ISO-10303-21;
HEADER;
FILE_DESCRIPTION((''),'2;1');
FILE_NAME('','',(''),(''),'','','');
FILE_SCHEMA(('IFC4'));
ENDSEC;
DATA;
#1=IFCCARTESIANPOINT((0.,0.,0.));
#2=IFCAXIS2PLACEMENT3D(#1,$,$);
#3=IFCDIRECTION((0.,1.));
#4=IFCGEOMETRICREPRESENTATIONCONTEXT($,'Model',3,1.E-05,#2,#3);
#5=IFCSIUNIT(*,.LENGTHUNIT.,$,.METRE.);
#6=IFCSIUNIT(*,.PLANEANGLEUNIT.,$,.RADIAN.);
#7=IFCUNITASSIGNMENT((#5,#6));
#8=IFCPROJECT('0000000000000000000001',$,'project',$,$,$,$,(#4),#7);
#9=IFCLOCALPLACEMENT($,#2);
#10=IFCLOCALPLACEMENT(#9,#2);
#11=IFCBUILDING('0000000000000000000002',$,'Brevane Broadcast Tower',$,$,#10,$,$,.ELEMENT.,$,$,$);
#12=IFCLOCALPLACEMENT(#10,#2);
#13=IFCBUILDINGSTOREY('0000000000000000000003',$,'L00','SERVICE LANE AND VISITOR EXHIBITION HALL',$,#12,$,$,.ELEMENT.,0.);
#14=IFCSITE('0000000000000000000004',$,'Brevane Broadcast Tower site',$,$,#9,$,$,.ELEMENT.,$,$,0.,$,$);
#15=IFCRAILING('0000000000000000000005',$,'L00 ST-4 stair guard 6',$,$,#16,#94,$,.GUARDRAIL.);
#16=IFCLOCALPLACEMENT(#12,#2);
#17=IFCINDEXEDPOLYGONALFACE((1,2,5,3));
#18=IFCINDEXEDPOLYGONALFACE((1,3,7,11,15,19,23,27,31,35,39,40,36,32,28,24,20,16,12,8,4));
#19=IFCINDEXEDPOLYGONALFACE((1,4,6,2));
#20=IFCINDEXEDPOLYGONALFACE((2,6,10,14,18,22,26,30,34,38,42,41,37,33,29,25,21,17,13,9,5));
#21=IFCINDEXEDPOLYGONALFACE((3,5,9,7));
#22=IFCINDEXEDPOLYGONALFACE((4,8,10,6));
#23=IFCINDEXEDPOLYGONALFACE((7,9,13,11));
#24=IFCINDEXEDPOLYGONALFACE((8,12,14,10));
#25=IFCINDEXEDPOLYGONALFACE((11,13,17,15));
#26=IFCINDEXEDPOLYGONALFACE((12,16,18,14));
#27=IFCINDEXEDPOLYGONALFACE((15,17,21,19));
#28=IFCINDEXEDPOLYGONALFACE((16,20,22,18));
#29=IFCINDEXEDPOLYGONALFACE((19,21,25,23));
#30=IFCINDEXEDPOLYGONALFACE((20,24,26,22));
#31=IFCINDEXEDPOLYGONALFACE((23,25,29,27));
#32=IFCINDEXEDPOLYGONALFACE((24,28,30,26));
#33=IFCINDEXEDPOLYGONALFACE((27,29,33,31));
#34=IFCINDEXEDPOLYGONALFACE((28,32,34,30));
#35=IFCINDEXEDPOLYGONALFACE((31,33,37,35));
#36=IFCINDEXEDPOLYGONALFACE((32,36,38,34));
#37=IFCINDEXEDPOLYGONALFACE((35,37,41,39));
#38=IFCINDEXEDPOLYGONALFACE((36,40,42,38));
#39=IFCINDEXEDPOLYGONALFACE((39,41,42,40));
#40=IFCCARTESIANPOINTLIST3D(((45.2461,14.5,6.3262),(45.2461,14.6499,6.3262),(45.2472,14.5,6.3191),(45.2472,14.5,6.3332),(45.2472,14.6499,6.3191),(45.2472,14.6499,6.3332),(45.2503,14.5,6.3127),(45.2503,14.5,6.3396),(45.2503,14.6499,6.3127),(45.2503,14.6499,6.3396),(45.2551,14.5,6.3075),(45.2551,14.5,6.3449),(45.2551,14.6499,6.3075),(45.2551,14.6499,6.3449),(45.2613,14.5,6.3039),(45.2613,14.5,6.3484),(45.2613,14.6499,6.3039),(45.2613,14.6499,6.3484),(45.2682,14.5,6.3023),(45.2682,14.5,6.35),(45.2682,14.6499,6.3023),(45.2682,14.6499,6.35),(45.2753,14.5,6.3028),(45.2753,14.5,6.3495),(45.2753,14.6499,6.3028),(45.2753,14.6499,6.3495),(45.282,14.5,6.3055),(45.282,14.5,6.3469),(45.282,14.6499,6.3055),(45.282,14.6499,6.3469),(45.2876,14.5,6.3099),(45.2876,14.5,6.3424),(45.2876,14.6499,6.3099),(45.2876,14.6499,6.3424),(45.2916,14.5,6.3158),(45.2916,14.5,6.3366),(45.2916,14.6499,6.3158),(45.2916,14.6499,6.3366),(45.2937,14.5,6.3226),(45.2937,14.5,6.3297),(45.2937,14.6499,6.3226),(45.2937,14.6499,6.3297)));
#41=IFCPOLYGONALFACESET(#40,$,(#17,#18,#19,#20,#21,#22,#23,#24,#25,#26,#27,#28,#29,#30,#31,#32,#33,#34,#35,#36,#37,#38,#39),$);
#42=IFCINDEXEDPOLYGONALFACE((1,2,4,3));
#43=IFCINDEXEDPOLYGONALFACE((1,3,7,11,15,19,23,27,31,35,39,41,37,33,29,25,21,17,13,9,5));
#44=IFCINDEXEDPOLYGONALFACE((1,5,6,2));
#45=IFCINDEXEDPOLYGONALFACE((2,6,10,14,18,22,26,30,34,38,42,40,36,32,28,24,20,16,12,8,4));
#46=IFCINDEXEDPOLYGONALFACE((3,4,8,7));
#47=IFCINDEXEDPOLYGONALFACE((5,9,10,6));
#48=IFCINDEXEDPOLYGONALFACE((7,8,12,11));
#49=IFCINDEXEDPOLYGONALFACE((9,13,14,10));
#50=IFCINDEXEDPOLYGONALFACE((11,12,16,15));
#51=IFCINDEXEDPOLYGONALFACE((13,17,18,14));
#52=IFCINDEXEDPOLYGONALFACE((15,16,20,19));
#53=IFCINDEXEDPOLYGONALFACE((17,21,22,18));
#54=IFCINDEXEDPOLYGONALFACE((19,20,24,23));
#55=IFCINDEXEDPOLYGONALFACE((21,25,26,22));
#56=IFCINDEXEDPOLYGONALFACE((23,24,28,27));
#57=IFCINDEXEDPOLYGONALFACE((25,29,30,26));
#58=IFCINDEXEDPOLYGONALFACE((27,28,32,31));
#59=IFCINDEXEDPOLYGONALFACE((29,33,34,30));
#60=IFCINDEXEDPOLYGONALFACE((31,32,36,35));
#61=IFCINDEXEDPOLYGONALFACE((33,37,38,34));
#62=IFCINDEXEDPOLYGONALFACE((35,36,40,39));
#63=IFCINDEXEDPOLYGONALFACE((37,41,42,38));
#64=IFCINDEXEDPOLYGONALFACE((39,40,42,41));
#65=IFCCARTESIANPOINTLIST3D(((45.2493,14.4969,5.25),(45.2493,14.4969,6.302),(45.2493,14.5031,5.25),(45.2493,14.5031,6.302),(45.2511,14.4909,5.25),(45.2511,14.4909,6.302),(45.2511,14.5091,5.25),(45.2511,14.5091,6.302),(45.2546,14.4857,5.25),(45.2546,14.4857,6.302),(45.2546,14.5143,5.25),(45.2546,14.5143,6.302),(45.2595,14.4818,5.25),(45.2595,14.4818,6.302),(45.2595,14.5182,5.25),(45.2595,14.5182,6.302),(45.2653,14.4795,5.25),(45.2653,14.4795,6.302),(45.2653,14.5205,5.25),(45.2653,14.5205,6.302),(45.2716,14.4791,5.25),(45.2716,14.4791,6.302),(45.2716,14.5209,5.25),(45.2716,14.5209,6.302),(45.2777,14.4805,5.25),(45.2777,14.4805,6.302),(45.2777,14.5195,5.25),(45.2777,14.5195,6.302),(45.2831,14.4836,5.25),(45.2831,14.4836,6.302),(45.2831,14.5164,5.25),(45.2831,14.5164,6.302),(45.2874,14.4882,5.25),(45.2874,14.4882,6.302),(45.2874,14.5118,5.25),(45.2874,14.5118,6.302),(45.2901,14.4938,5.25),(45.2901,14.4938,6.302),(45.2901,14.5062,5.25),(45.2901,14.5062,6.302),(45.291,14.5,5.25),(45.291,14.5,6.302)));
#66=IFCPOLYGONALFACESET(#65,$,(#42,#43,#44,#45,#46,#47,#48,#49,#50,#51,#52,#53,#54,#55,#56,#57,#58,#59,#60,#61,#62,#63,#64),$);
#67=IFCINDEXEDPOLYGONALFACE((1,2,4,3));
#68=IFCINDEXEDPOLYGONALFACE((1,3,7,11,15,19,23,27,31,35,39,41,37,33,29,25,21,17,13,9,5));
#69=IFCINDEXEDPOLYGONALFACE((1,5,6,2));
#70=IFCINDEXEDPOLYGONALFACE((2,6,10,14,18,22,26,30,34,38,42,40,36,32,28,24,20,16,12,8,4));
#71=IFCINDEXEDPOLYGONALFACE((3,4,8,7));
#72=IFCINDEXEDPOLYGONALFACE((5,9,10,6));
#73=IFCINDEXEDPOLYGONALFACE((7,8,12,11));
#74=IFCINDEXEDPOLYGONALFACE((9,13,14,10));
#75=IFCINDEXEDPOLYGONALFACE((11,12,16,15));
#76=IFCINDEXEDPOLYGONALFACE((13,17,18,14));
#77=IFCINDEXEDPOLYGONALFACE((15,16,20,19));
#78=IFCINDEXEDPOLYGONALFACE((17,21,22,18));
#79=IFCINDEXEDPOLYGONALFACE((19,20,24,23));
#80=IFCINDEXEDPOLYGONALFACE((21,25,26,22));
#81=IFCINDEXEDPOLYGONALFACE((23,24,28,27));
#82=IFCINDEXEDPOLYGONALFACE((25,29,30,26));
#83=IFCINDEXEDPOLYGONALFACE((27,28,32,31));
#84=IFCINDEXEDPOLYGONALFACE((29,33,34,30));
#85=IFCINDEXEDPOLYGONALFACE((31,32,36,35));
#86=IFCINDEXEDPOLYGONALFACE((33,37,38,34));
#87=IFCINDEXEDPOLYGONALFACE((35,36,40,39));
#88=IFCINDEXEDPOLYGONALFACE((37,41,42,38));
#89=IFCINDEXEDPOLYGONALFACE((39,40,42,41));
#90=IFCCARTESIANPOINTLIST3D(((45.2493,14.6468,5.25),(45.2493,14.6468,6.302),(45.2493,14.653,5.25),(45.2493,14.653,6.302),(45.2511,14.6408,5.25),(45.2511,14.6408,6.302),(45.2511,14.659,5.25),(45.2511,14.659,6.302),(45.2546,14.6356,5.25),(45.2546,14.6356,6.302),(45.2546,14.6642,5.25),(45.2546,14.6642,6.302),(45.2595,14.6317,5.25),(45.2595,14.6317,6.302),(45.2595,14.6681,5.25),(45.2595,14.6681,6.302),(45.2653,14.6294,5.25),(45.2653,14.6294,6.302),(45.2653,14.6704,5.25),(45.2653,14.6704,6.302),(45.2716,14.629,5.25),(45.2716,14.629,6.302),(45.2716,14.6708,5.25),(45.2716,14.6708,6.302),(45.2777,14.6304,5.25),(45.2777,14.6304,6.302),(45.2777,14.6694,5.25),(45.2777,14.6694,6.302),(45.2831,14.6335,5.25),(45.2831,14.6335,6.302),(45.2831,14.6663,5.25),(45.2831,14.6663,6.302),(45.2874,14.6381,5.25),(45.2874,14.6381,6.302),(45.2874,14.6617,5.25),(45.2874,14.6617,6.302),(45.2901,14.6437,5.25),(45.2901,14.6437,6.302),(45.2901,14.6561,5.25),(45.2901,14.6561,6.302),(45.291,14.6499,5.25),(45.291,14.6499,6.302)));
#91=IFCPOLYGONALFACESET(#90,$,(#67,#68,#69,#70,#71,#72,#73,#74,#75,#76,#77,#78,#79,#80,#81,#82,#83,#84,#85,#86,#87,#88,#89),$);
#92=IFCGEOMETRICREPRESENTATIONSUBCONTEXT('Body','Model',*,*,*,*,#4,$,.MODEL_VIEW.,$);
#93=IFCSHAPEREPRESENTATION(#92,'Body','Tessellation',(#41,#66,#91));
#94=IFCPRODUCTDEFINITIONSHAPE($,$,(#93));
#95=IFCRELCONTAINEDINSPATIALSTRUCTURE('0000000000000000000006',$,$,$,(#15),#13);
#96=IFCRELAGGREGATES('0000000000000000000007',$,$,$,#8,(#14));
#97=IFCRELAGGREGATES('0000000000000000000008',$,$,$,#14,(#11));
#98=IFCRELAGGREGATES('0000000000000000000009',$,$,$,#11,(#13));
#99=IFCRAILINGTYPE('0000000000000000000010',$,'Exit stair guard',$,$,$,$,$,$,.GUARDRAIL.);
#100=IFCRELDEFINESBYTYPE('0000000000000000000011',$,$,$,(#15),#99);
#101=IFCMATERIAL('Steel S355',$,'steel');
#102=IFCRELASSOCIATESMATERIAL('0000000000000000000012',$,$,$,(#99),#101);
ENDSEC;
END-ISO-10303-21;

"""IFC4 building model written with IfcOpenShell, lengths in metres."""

from ifc_helpers import new_model, si_unit, direction, frame, origin, origin_2d, place, context, subcontext, project, spatial, circle, extrude, material, type_object, element, save


model = new_model("IFC4")

# Units and contexts
model_context = context("Model", 3, precision=1e-05, world=origin(), true_north=direction((0.0, 1.0)))
body_context = subcontext(model_context, "Body", "Model", "MODEL_VIEW")
ifc_project = project(units=[si_unit("LENGTHUNIT", "METRE"), si_unit("PLANEANGLEUNIT", "RADIAN")], contexts=[model_context])

# Site, building, storey
site_placement = place(None, origin())
site = spatial("IfcSite", under=ifc_project, at=site_placement, Name="Brevane Broadcast Tower site", CompositionType="ELEMENT", RefElevation=0.0)
building_placement = place(site_placement, origin())
building = spatial("IfcBuilding", under=site, at=building_placement, Name="Brevane Broadcast Tower", CompositionType="ELEMENT")
storey_placement = place(building_placement, origin())
storey = spatial("IfcBuildingStorey", under=building, at=storey_placement, Name="L00", Description="SERVICE LANE AND VISITOR EXHIBITION HALL", CompositionType="ELEMENT", Elevation=0.0)

# Railing
ifc_material_1 = material(Name="Steel S355", Category="steel")
railing_type_1 = type_object("IfcRailingType", Name="Exit stair guard", PredefinedType="GUARDRAIL", material=ifc_material_1)
railing_1_placement = place(storey_placement, frame((45.27, 14.5, 5.25)))
element("IfcRailing", 1, at=railing_1_placement, inside=storey, type_object=railing_type_1, Name="L00 ST-4 stair guard 6", PredefinedType="GUARDRAIL", context=body_context, shape_type="SweptSolid", body=[
    extrude(circle(Radius=0.0239, at=origin_2d()), frame((0.0, 0.0, 1.0762), z_axis=(0.0, 1.0, 0.0), x_axis=(-1.0, 0.0, 0.0)), (0.0, 0.0, 1.0), 0.1499),
    extrude(circle(Radius=0.021, at=origin_2d()), origin(), (0.0, 0.0, 1.0), 1.052),
    extrude(circle(Radius=0.021, at=origin_2d()), frame((0.0, 0.1499, 0.0)), (0.0, 0.0, 1.0), 1.052),
])

save(model, "model.ifc")
